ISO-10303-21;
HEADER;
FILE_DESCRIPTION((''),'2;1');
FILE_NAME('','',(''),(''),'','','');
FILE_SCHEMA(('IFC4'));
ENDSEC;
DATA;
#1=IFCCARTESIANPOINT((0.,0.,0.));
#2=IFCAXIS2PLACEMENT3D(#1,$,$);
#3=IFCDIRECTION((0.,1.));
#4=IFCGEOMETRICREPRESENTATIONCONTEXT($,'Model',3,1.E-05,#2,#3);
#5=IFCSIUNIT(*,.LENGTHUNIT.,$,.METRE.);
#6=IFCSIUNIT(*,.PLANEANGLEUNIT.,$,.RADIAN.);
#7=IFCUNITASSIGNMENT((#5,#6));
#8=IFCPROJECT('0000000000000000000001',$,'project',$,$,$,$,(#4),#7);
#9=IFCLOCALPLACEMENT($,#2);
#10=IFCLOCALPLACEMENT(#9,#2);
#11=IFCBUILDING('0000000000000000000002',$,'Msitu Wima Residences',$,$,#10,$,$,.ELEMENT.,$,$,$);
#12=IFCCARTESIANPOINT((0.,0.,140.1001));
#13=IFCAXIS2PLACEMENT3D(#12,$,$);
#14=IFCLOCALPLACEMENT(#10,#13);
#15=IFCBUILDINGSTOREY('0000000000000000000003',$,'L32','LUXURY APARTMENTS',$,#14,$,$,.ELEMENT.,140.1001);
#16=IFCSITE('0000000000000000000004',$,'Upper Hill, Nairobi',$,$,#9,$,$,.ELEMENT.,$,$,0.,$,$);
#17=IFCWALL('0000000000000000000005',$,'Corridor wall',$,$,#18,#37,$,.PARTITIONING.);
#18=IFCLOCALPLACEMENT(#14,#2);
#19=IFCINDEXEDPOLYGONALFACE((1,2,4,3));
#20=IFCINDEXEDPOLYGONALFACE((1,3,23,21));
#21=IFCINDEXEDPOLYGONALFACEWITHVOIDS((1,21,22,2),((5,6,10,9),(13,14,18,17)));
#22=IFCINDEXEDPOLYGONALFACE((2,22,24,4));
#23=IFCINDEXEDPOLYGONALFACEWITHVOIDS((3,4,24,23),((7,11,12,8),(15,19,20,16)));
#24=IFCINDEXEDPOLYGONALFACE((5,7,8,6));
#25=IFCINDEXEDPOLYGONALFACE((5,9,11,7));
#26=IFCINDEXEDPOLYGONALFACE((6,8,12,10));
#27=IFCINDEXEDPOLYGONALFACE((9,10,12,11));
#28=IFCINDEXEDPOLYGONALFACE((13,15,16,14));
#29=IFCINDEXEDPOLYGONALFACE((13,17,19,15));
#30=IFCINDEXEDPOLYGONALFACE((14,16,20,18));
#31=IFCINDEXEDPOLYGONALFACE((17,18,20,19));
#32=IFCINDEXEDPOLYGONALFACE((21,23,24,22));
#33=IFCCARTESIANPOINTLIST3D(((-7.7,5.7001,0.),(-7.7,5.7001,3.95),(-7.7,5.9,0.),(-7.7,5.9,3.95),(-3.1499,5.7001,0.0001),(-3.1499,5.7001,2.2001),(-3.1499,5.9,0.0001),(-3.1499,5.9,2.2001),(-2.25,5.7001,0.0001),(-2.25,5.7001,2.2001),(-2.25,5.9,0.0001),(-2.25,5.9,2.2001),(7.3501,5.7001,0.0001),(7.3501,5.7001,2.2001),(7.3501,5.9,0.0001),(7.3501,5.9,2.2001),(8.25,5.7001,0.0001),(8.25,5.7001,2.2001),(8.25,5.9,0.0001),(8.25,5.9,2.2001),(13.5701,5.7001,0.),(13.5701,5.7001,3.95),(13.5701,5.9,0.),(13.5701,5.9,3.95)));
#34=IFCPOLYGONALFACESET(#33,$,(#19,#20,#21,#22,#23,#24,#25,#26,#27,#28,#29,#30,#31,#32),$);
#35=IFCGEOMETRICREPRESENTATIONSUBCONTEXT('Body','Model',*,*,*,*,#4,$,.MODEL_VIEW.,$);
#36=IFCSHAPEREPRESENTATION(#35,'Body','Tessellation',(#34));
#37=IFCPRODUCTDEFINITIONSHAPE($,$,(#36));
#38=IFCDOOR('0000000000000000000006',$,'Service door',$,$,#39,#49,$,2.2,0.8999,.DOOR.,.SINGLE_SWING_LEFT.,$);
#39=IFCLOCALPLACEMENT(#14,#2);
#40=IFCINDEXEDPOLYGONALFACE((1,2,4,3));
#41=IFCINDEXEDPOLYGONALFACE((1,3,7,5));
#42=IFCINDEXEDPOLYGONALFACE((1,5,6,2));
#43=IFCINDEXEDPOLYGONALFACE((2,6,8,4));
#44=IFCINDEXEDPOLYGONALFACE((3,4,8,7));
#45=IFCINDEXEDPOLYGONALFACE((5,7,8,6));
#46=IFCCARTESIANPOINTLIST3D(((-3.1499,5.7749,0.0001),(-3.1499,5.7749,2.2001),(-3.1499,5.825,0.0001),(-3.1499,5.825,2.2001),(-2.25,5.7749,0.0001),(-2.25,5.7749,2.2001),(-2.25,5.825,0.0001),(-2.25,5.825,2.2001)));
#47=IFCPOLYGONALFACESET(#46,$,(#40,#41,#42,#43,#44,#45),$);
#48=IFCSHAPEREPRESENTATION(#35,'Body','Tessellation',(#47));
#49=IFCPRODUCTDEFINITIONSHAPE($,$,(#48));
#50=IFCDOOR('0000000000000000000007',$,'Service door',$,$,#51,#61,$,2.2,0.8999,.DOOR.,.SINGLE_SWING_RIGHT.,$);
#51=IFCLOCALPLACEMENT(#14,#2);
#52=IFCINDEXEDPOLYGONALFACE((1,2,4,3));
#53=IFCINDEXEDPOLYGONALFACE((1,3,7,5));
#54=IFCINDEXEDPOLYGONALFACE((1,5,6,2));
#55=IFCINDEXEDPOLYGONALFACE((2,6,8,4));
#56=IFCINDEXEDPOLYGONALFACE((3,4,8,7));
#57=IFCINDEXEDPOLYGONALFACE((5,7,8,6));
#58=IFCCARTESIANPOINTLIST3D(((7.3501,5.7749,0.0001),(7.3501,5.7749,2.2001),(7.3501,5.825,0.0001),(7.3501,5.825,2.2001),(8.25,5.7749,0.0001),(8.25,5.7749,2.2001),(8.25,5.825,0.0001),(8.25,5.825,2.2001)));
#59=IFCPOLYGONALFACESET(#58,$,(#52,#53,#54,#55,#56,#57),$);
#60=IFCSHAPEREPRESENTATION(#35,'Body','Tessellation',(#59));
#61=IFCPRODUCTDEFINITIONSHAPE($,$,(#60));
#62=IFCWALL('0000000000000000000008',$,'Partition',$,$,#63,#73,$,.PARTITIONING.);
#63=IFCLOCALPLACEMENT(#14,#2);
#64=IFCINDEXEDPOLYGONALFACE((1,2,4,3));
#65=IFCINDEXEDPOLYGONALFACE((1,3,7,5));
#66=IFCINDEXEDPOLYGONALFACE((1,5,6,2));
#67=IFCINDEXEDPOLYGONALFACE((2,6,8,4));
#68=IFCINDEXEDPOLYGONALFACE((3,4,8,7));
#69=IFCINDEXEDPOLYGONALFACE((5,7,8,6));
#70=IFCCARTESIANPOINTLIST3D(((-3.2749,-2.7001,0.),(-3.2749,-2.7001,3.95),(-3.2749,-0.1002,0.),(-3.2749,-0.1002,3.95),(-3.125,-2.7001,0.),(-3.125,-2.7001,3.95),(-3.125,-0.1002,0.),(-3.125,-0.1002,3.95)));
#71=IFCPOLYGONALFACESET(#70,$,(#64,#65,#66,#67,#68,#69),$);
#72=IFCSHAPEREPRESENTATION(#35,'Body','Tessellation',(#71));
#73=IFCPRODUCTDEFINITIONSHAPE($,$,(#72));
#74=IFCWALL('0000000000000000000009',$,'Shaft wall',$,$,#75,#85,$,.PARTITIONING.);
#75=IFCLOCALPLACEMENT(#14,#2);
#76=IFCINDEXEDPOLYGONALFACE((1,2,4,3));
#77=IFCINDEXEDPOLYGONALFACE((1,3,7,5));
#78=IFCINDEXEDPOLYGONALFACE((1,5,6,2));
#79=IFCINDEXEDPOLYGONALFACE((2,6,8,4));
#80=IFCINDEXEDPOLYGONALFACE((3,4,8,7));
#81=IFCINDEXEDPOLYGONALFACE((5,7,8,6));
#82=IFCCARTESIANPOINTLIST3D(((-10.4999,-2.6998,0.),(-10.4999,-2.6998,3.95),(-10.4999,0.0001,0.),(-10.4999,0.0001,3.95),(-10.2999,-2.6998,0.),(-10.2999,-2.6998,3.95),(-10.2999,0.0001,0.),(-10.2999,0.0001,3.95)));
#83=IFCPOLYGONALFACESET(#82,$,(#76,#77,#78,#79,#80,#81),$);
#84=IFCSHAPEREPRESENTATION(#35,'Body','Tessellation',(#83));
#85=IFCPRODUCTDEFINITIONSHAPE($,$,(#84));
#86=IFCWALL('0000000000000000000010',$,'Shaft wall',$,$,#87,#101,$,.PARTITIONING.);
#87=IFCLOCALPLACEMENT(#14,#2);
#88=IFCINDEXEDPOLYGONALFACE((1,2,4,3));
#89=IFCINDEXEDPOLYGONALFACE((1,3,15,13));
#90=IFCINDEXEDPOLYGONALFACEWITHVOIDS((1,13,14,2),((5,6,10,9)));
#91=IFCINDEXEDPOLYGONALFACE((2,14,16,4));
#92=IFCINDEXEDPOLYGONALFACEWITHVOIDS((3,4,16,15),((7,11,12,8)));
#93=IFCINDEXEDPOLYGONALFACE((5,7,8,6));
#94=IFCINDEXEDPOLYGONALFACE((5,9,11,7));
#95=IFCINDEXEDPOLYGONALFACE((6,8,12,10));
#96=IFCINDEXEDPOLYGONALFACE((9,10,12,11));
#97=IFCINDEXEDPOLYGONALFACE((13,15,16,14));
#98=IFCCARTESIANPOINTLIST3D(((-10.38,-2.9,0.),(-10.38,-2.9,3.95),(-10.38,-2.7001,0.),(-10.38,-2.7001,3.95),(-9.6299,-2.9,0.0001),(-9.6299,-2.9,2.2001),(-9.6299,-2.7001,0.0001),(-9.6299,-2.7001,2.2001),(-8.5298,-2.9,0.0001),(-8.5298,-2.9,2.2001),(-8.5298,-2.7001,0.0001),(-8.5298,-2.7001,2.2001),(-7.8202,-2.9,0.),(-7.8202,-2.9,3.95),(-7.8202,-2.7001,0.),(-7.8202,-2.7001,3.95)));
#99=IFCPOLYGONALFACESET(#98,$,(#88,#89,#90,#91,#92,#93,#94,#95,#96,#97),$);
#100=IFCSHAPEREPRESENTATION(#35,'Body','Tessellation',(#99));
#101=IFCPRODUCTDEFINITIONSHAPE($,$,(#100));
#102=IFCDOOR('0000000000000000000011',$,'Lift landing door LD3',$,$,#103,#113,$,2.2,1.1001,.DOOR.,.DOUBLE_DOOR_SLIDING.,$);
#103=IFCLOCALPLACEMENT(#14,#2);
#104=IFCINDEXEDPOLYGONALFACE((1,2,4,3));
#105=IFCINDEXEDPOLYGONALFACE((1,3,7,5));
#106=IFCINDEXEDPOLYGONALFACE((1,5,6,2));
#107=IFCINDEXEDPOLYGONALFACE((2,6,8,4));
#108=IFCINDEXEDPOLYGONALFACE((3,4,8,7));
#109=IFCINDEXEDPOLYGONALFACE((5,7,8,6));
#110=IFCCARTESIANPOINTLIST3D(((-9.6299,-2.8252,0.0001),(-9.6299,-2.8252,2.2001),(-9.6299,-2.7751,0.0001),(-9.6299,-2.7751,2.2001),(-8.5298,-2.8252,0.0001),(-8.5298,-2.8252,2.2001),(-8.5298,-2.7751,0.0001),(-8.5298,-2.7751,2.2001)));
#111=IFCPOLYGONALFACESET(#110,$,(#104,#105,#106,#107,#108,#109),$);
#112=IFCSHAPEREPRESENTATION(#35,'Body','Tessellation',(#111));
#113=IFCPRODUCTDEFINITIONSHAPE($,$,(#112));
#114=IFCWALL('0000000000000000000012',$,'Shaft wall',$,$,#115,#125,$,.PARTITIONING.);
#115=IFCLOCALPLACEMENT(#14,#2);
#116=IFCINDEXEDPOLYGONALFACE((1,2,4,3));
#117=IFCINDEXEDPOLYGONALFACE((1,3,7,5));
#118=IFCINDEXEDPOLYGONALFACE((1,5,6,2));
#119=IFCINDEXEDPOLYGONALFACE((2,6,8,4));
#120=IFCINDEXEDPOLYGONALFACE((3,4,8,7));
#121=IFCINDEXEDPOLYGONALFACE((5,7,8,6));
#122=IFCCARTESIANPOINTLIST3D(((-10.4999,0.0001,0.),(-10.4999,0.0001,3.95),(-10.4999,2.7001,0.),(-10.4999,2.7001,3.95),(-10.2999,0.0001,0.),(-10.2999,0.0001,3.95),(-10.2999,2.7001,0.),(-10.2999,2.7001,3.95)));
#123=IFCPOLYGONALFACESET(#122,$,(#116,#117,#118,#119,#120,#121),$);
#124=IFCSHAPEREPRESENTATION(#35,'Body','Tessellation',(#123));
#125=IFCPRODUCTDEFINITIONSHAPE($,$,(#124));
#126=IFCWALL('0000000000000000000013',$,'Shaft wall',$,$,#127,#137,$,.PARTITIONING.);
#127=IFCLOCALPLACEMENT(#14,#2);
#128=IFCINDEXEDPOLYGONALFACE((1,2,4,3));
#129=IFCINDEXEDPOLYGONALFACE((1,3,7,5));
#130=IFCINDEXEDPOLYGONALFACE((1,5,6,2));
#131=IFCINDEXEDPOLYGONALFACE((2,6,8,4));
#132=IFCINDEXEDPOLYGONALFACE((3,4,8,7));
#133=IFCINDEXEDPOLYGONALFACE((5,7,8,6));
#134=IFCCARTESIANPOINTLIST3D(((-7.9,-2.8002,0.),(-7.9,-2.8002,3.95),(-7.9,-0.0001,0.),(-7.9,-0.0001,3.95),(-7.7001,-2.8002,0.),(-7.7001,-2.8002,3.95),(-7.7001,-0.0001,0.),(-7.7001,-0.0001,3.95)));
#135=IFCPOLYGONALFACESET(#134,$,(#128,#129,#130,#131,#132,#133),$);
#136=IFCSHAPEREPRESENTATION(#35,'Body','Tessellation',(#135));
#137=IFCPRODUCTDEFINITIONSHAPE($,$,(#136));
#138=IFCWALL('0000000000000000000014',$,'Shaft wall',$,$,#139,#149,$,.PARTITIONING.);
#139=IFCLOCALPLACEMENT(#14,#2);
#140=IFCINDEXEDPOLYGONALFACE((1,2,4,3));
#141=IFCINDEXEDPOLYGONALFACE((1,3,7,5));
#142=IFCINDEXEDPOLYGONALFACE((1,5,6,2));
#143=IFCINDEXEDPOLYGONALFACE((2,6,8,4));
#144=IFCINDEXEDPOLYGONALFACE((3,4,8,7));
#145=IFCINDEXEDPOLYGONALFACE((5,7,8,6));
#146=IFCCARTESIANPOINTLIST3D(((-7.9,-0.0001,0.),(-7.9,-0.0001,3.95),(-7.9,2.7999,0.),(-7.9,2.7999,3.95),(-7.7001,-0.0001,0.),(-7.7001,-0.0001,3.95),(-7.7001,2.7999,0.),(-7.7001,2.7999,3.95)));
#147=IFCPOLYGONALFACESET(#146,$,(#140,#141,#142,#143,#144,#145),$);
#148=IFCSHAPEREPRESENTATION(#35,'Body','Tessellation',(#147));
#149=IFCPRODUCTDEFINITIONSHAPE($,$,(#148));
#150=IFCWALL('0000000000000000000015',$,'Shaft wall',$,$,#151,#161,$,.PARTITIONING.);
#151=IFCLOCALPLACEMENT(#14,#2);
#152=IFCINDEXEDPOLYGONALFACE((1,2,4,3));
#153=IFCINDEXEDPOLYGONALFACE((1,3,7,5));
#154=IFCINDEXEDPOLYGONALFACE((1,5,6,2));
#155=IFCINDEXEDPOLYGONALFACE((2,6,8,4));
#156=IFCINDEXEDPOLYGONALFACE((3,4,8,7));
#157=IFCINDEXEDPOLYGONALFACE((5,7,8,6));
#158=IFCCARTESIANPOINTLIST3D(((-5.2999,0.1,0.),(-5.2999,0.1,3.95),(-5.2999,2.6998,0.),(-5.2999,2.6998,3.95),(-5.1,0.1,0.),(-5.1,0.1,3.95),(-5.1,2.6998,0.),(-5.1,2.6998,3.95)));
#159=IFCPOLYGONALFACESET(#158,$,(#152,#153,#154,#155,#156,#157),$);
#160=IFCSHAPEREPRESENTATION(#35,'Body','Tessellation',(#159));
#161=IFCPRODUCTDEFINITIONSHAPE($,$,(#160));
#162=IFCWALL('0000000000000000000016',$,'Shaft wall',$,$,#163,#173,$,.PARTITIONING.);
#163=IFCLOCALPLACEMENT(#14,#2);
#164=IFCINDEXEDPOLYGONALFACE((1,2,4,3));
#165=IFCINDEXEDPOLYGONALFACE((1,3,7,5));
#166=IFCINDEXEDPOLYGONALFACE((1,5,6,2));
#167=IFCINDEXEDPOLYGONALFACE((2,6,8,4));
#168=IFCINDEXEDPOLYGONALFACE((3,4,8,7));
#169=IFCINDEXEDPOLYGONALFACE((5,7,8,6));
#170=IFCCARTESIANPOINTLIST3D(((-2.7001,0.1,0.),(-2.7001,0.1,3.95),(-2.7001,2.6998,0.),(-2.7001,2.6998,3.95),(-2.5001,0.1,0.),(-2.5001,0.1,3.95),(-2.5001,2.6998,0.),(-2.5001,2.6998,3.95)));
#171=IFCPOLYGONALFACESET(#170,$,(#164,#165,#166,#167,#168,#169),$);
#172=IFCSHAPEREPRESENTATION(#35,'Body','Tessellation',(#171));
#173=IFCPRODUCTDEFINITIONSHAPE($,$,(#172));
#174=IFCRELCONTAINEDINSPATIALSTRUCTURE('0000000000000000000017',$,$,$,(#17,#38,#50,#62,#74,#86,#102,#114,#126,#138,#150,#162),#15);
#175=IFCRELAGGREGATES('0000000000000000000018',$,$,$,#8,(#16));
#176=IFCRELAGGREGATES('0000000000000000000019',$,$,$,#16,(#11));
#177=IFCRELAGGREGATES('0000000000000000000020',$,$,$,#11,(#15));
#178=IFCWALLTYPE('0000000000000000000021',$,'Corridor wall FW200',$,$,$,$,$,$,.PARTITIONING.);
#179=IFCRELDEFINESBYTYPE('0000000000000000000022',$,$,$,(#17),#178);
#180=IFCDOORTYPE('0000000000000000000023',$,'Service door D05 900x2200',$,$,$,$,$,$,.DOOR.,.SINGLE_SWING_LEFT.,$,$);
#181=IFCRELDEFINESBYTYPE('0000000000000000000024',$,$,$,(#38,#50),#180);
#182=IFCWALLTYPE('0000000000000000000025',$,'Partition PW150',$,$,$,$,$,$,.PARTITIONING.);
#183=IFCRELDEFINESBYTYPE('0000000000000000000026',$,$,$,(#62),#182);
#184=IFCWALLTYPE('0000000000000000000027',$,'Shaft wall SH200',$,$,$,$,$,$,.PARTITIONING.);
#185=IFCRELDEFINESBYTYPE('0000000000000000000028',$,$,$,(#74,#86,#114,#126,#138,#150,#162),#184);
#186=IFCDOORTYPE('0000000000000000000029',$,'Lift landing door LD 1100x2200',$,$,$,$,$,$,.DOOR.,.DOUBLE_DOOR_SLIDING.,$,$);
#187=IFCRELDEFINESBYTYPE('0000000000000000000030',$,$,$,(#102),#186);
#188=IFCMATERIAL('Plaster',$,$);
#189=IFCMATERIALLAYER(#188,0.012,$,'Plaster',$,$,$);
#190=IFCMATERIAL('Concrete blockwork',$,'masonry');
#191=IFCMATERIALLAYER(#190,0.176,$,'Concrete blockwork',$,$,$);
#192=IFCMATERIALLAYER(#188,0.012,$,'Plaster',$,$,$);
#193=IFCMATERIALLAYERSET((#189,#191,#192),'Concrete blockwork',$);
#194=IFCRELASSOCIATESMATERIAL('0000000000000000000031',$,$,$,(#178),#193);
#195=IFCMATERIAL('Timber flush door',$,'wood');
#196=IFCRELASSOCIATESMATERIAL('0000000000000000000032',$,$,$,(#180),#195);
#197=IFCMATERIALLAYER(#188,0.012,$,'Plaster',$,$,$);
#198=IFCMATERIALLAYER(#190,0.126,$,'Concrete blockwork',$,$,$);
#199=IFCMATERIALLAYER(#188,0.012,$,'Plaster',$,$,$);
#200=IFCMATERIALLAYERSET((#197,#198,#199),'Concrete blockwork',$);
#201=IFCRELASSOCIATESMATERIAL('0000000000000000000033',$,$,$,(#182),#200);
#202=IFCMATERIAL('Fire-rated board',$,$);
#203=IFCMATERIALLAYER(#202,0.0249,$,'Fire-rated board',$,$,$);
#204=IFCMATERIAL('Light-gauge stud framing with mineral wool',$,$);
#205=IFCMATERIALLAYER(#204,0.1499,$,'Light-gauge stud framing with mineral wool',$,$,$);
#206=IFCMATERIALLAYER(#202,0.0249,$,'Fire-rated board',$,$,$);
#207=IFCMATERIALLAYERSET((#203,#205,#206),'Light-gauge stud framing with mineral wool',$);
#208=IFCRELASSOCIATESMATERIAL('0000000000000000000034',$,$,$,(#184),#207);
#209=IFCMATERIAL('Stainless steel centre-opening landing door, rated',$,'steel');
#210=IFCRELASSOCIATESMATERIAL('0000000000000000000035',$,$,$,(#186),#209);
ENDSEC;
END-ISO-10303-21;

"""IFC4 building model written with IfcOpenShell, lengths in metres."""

from ifc_helpers import new_model, si_unit, direction, frame, frame_2d, origin, place, context, subcontext, project, spatial, rectangle, extrude, material, layer, layer_set, type_object, element, fill, save


model = new_model("IFC4")

# Units and contexts
model_context = context("Model", 3, precision=1e-05, world=origin(), true_north=direction((0.0, 1.0)))
body_context = subcontext(model_context, "Body", "Model", "MODEL_VIEW")
ifc_project = project(units=[si_unit("LENGTHUNIT", "METRE"), si_unit("PLANEANGLEUNIT", "RADIAN")], contexts=[model_context])

# Site, building, storey
site_placement = place(None, origin())
site = spatial("IfcSite", under=ifc_project, at=site_placement, Name="Upper Hill, Nairobi", CompositionType="ELEMENT", RefElevation=0.0)
building_placement = place(site_placement, origin())
building = spatial("IfcBuilding", under=site, at=building_placement, Name="Msitu Wima Residences", CompositionType="ELEMENT")
storey_placement = place(building_placement, frame((0.0, 0.0, 140.1001)))
storey = spatial("IfcBuildingStorey", under=building, at=storey_placement, Name="L32", Description="LUXURY APARTMENTS", CompositionType="ELEMENT", Elevation=140.1001)

# Shared definitions
ifc_material_1 = material(Name="Plaster")
ifc_layer_1 = layer(ifc_material_1, 0.012, Name="Plaster")
ifc_material_2 = material(Name="Concrete blockwork", Category="masonry")
ifc_layer_2 = layer(ifc_material_2, 0.176, Name="Concrete blockwork")
ifc_layer_3 = layer(ifc_material_1, 0.012, Name="Plaster")
ifc_layer_set_1 = layer_set([ifc_layer_1, ifc_layer_2, ifc_layer_3], Name="Concrete blockwork")
wall_type_1 = type_object("IfcWallType", Name="Corridor wall FW200", PredefinedType="PARTITIONING", material=ifc_layer_set_1)
ifc_material_3 = material(Name="Timber flush door", Category="wood")
door_type_1 = type_object("IfcDoorType", Name="Service door D05 900x2200", OperationType="SINGLE_SWING_LEFT", PredefinedType="DOOR", material=ifc_material_3)

# Wall, openings, doors
wall_1_placement = place(storey_placement, frame((-7.7, 5.8, 0.0), z_axis=(0.0, 0.0, 1.0), x_axis=(1.0, 0.0, 0.0)))
wall_1 = element("IfcWall", 1, at=wall_1_placement, inside=storey, type_object=wall_type_1, Name="Corridor wall", PredefinedType="PARTITIONING", context=body_context, shape_type="SweptSolid", body=[
    extrude(rectangle(XDim=21.27, YDim=0.2, at=frame_2d((10.635, 0.0))), origin(), (0.0, 0.0, 1.0), 3.95),
])
opening_1_placement = place(wall_1_placement, frame((4.55, 0.0, 0.0)))
opening_1 = element("IfcOpeningElement", 2, at=opening_1_placement, cuts=wall_1, PredefinedType="OPENING", context=body_context, shape_type="SweptSolid", body=[
    extrude(rectangle(XDim=0.8999, YDim=2.2, at=frame_2d((0.45, 1.1001))), frame((0.0, 0.1099, 0.0), z_axis=(0.0, -1.0, 0.0), x_axis=(1.0, 0.0, 0.0)), (0.0, 0.0, 1.0), 0.22),
])
opening_2_placement = place(wall_1_placement, frame((15.05, 0.0, 0.0)))
opening_2 = element("IfcOpeningElement", 3, at=opening_2_placement, cuts=wall_1, PredefinedType="OPENING", context=body_context, shape_type="SweptSolid", body=[
    extrude(rectangle(XDim=0.8999, YDim=2.2, at=frame_2d((0.45, 1.1001))), frame((0.0, 0.1099, 0.0), z_axis=(0.0, -1.0, 0.0), x_axis=(1.0, 0.0, 0.0)), (0.0, 0.0, 1.0), 0.22),
])
door_1_placement = place(opening_1_placement, origin())
door_1 = element("IfcDoor", 4, at=door_1_placement, inside=storey, type_object=door_type_1, Name="Service door", OperationType="SINGLE_SWING_LEFT", OverallHeight=2.2, OverallWidth=0.8999, PredefinedType="DOOR", context=body_context, shape_type="SweptSolid", body=[
    extrude(rectangle(XDim=0.8999, YDim=2.2, at=frame_2d((0.45, 1.1001))), frame((0.0, 0.0249, 0.0), z_axis=(0.0, -1.0, 0.0), x_axis=(1.0, 0.0, 0.0)), (0.0, 0.0, 1.0), 0.05),
])
fill(opening_1, door_1)
door_2_placement = place(opening_2_placement, origin())
door_2 = element("IfcDoor", 5, at=door_2_placement, inside=storey, type_object=door_type_1, Name="Service door", OperationType="SINGLE_SWING_RIGHT", OverallHeight=2.2, OverallWidth=0.8999, PredefinedType="DOOR", context=body_context, shape_type="SweptSolid", body=[
    extrude(rectangle(XDim=0.8999, YDim=2.2, at=frame_2d((0.45, 1.1001))), frame((0.0, 0.0249, 0.0), z_axis=(0.0, -1.0, 0.0), x_axis=(1.0, 0.0, 0.0)), (0.0, 0.0, 1.0), 0.05),
])
fill(opening_2, door_2)

# Walls
ifc_layer_4 = layer(ifc_material_1, 0.012, Name="Plaster")
ifc_layer_5 = layer(ifc_material_2, 0.126, Name="Concrete blockwork")
ifc_layer_6 = layer(ifc_material_1, 0.012, Name="Plaster")
ifc_layer_set_2 = layer_set([ifc_layer_4, ifc_layer_5, ifc_layer_6], Name="Concrete blockwork")
wall_type_2 = type_object("IfcWallType", Name="Partition PW150", PredefinedType="PARTITIONING", material=ifc_layer_set_2)
wall_2_placement = place(storey_placement, frame((-3.2, -2.7, 0.0), z_axis=(0.0, 0.0, 1.0), x_axis=(0.0, 1.0, 0.0)))
element("IfcWall", 6, at=wall_2_placement, inside=storey, type_object=wall_type_2, Name="Partition", PredefinedType="PARTITIONING", context=body_context, shape_type="SweptSolid", body=[
    extrude(rectangle(XDim=2.5999, YDim=0.1499, at=frame_2d((1.2998, 0.0))), origin(), (0.0, 0.0, 1.0), 3.95),
])
ifc_material_4 = material(Name="Fire-rated board")
ifc_layer_7 = layer(ifc_material_4, 0.0249, Name="Fire-rated board")
ifc_material_5 = material(Name="Light-gauge stud framing with mineral wool")
ifc_layer_8 = layer(ifc_material_5, 0.1499, Name="Light-gauge stud framing with mineral wool")
ifc_layer_9 = layer(ifc_material_4, 0.0249, Name="Fire-rated board")
ifc_layer_set_3 = layer_set([ifc_layer_7, ifc_layer_8, ifc_layer_9], Name="Light-gauge stud framing with mineral wool")
wall_type_3 = type_object("IfcWallType", Name="Shaft wall SH200", PredefinedType="PARTITIONING", material=ifc_layer_set_3)
wall_3_placement = place(storey_placement, frame((-10.3999, -2.7, 0.0), z_axis=(0.0, 0.0, 1.0), x_axis=(0.0, 1.0, 0.0)))
element("IfcWall", 7, at=wall_3_placement, inside=storey, type_object=wall_type_3, Name="Shaft wall", PredefinedType="PARTITIONING", context=body_context, shape_type="SweptSolid", body=[
    extrude(rectangle(XDim=2.7, YDim=0.2, at=frame_2d((1.3501, 0.0))), origin(), (0.0, 0.0, 1.0), 3.95),
])

# Wall, opening, door
wall_4_placement = place(storey_placement, frame((-10.3799, -2.8, 0.0), z_axis=(0.0, 0.0, 1.0), x_axis=(1.0, 0.0, 0.0)))
wall_4 = element("IfcWall", 8, at=wall_4_placement, inside=storey, type_object=wall_type_3, Name="Shaft wall", PredefinedType="PARTITIONING", context=body_context, shape_type="SweptSolid", body=[
    extrude(rectangle(XDim=2.5598, YDim=0.2, at=frame_2d((1.2798, 0.0))), origin(), (0.0, 0.0, 1.0), 3.95),
])
opening_3_placement = place(wall_4_placement, frame((0.75, 0.0, 0.0)))
opening_3 = element("IfcOpeningElement", 9, at=opening_3_placement, cuts=wall_4, PredefinedType="OPENING", context=body_context, shape_type="SweptSolid", body=[
    extrude(rectangle(XDim=1.1001, YDim=2.2, at=frame_2d((0.55, 1.1001))), frame((0.0, 0.1099, 0.0), z_axis=(0.0, -1.0, 0.0), x_axis=(1.0, 0.0, 0.0)), (0.0, 0.0, 1.0), 0.22),
])
ifc_material_6 = material(Name="Stainless steel centre-opening landing door, rated", Category="steel")
door_type_2 = type_object("IfcDoorType", Name="Lift landing door LD 1100x2200", OperationType="DOUBLE_DOOR_SLIDING", PredefinedType="DOOR", material=ifc_material_6)
door_3_placement = place(opening_3_placement, origin())
door_3 = element("IfcDoor", 10, at=door_3_placement, inside=storey, type_object=door_type_2, Name="Lift landing door LD3", OperationType="DOUBLE_DOOR_SLIDING", OverallHeight=2.2, OverallWidth=1.1001, PredefinedType="DOOR", context=body_context, shape_type="SweptSolid", body=[
    extrude(rectangle(XDim=1.1001, YDim=2.2, at=frame_2d((0.55, 1.1001))), frame((0.0, 0.0249, 0.0), z_axis=(0.0, -1.0, 0.0), x_axis=(1.0, 0.0, 0.0)), (0.0, 0.0, 1.0), 0.05),
])
fill(opening_3, door_3)

# Walls
wall_5_placement = place(storey_placement, frame((-10.3999, 0.0, 0.0), z_axis=(0.0, 0.0, 1.0), x_axis=(0.0, 1.0, 0.0)))
element("IfcWall", 11, at=wall_5_placement, inside=storey, type_object=wall_type_3, Name="Shaft wall", PredefinedType="PARTITIONING", context=body_context, shape_type="SweptSolid", body=[
    extrude(rectangle(XDim=2.7, YDim=0.2, at=frame_2d((1.3501, 0.0))), origin(), (0.0, 0.0, 1.0), 3.95),
])
for number, where, z_axis, x_axis, name in (
    (12, (-7.8, -2.8, 0.0), (0.0, 0.0, 1.0), (0.0, 1.0, 0.0), "Shaft wall"),
    (13, (-7.8, 0.0, 0.0), (0.0, 0.0, 1.0), (0.0, 1.0, 0.0), "Shaft wall"),
):
    element("IfcWall", number, at=place(storey_placement, frame(where, z_axis=z_axis, x_axis=x_axis)), inside=storey, type_object=wall_type_3, Name=name, PredefinedType="PARTITIONING", context=body_context, shape_type="SweptSolid", body=[
        extrude(rectangle(XDim=2.8, YDim=0.2, at=frame_2d((1.3999, 0.0))), origin(), (0.0, 0.0, 1.0), 3.95),
    ])
for number, where, z_axis, x_axis, name in (
    (14, (-5.2, 0.1001, 0.0), (0.0, 0.0, 1.0), (0.0, 1.0, 0.0), "Shaft wall"),
    (15, (-2.6001, 0.1001, 0.0), (0.0, 0.0, 1.0), (0.0, 1.0, 0.0), "Shaft wall"),
):
    element("IfcWall", number, at=place(storey_placement, frame(where, z_axis=z_axis, x_axis=x_axis)), inside=storey, type_object=wall_type_3, Name=name, PredefinedType="PARTITIONING", context=body_context, shape_type="SweptSolid", body=[
        extrude(rectangle(XDim=2.5999, YDim=0.2, at=frame_2d((1.2998, 0.0))), origin(), (0.0, 0.0, 1.0), 3.95),
    ])

save(model, "model.ifc")
